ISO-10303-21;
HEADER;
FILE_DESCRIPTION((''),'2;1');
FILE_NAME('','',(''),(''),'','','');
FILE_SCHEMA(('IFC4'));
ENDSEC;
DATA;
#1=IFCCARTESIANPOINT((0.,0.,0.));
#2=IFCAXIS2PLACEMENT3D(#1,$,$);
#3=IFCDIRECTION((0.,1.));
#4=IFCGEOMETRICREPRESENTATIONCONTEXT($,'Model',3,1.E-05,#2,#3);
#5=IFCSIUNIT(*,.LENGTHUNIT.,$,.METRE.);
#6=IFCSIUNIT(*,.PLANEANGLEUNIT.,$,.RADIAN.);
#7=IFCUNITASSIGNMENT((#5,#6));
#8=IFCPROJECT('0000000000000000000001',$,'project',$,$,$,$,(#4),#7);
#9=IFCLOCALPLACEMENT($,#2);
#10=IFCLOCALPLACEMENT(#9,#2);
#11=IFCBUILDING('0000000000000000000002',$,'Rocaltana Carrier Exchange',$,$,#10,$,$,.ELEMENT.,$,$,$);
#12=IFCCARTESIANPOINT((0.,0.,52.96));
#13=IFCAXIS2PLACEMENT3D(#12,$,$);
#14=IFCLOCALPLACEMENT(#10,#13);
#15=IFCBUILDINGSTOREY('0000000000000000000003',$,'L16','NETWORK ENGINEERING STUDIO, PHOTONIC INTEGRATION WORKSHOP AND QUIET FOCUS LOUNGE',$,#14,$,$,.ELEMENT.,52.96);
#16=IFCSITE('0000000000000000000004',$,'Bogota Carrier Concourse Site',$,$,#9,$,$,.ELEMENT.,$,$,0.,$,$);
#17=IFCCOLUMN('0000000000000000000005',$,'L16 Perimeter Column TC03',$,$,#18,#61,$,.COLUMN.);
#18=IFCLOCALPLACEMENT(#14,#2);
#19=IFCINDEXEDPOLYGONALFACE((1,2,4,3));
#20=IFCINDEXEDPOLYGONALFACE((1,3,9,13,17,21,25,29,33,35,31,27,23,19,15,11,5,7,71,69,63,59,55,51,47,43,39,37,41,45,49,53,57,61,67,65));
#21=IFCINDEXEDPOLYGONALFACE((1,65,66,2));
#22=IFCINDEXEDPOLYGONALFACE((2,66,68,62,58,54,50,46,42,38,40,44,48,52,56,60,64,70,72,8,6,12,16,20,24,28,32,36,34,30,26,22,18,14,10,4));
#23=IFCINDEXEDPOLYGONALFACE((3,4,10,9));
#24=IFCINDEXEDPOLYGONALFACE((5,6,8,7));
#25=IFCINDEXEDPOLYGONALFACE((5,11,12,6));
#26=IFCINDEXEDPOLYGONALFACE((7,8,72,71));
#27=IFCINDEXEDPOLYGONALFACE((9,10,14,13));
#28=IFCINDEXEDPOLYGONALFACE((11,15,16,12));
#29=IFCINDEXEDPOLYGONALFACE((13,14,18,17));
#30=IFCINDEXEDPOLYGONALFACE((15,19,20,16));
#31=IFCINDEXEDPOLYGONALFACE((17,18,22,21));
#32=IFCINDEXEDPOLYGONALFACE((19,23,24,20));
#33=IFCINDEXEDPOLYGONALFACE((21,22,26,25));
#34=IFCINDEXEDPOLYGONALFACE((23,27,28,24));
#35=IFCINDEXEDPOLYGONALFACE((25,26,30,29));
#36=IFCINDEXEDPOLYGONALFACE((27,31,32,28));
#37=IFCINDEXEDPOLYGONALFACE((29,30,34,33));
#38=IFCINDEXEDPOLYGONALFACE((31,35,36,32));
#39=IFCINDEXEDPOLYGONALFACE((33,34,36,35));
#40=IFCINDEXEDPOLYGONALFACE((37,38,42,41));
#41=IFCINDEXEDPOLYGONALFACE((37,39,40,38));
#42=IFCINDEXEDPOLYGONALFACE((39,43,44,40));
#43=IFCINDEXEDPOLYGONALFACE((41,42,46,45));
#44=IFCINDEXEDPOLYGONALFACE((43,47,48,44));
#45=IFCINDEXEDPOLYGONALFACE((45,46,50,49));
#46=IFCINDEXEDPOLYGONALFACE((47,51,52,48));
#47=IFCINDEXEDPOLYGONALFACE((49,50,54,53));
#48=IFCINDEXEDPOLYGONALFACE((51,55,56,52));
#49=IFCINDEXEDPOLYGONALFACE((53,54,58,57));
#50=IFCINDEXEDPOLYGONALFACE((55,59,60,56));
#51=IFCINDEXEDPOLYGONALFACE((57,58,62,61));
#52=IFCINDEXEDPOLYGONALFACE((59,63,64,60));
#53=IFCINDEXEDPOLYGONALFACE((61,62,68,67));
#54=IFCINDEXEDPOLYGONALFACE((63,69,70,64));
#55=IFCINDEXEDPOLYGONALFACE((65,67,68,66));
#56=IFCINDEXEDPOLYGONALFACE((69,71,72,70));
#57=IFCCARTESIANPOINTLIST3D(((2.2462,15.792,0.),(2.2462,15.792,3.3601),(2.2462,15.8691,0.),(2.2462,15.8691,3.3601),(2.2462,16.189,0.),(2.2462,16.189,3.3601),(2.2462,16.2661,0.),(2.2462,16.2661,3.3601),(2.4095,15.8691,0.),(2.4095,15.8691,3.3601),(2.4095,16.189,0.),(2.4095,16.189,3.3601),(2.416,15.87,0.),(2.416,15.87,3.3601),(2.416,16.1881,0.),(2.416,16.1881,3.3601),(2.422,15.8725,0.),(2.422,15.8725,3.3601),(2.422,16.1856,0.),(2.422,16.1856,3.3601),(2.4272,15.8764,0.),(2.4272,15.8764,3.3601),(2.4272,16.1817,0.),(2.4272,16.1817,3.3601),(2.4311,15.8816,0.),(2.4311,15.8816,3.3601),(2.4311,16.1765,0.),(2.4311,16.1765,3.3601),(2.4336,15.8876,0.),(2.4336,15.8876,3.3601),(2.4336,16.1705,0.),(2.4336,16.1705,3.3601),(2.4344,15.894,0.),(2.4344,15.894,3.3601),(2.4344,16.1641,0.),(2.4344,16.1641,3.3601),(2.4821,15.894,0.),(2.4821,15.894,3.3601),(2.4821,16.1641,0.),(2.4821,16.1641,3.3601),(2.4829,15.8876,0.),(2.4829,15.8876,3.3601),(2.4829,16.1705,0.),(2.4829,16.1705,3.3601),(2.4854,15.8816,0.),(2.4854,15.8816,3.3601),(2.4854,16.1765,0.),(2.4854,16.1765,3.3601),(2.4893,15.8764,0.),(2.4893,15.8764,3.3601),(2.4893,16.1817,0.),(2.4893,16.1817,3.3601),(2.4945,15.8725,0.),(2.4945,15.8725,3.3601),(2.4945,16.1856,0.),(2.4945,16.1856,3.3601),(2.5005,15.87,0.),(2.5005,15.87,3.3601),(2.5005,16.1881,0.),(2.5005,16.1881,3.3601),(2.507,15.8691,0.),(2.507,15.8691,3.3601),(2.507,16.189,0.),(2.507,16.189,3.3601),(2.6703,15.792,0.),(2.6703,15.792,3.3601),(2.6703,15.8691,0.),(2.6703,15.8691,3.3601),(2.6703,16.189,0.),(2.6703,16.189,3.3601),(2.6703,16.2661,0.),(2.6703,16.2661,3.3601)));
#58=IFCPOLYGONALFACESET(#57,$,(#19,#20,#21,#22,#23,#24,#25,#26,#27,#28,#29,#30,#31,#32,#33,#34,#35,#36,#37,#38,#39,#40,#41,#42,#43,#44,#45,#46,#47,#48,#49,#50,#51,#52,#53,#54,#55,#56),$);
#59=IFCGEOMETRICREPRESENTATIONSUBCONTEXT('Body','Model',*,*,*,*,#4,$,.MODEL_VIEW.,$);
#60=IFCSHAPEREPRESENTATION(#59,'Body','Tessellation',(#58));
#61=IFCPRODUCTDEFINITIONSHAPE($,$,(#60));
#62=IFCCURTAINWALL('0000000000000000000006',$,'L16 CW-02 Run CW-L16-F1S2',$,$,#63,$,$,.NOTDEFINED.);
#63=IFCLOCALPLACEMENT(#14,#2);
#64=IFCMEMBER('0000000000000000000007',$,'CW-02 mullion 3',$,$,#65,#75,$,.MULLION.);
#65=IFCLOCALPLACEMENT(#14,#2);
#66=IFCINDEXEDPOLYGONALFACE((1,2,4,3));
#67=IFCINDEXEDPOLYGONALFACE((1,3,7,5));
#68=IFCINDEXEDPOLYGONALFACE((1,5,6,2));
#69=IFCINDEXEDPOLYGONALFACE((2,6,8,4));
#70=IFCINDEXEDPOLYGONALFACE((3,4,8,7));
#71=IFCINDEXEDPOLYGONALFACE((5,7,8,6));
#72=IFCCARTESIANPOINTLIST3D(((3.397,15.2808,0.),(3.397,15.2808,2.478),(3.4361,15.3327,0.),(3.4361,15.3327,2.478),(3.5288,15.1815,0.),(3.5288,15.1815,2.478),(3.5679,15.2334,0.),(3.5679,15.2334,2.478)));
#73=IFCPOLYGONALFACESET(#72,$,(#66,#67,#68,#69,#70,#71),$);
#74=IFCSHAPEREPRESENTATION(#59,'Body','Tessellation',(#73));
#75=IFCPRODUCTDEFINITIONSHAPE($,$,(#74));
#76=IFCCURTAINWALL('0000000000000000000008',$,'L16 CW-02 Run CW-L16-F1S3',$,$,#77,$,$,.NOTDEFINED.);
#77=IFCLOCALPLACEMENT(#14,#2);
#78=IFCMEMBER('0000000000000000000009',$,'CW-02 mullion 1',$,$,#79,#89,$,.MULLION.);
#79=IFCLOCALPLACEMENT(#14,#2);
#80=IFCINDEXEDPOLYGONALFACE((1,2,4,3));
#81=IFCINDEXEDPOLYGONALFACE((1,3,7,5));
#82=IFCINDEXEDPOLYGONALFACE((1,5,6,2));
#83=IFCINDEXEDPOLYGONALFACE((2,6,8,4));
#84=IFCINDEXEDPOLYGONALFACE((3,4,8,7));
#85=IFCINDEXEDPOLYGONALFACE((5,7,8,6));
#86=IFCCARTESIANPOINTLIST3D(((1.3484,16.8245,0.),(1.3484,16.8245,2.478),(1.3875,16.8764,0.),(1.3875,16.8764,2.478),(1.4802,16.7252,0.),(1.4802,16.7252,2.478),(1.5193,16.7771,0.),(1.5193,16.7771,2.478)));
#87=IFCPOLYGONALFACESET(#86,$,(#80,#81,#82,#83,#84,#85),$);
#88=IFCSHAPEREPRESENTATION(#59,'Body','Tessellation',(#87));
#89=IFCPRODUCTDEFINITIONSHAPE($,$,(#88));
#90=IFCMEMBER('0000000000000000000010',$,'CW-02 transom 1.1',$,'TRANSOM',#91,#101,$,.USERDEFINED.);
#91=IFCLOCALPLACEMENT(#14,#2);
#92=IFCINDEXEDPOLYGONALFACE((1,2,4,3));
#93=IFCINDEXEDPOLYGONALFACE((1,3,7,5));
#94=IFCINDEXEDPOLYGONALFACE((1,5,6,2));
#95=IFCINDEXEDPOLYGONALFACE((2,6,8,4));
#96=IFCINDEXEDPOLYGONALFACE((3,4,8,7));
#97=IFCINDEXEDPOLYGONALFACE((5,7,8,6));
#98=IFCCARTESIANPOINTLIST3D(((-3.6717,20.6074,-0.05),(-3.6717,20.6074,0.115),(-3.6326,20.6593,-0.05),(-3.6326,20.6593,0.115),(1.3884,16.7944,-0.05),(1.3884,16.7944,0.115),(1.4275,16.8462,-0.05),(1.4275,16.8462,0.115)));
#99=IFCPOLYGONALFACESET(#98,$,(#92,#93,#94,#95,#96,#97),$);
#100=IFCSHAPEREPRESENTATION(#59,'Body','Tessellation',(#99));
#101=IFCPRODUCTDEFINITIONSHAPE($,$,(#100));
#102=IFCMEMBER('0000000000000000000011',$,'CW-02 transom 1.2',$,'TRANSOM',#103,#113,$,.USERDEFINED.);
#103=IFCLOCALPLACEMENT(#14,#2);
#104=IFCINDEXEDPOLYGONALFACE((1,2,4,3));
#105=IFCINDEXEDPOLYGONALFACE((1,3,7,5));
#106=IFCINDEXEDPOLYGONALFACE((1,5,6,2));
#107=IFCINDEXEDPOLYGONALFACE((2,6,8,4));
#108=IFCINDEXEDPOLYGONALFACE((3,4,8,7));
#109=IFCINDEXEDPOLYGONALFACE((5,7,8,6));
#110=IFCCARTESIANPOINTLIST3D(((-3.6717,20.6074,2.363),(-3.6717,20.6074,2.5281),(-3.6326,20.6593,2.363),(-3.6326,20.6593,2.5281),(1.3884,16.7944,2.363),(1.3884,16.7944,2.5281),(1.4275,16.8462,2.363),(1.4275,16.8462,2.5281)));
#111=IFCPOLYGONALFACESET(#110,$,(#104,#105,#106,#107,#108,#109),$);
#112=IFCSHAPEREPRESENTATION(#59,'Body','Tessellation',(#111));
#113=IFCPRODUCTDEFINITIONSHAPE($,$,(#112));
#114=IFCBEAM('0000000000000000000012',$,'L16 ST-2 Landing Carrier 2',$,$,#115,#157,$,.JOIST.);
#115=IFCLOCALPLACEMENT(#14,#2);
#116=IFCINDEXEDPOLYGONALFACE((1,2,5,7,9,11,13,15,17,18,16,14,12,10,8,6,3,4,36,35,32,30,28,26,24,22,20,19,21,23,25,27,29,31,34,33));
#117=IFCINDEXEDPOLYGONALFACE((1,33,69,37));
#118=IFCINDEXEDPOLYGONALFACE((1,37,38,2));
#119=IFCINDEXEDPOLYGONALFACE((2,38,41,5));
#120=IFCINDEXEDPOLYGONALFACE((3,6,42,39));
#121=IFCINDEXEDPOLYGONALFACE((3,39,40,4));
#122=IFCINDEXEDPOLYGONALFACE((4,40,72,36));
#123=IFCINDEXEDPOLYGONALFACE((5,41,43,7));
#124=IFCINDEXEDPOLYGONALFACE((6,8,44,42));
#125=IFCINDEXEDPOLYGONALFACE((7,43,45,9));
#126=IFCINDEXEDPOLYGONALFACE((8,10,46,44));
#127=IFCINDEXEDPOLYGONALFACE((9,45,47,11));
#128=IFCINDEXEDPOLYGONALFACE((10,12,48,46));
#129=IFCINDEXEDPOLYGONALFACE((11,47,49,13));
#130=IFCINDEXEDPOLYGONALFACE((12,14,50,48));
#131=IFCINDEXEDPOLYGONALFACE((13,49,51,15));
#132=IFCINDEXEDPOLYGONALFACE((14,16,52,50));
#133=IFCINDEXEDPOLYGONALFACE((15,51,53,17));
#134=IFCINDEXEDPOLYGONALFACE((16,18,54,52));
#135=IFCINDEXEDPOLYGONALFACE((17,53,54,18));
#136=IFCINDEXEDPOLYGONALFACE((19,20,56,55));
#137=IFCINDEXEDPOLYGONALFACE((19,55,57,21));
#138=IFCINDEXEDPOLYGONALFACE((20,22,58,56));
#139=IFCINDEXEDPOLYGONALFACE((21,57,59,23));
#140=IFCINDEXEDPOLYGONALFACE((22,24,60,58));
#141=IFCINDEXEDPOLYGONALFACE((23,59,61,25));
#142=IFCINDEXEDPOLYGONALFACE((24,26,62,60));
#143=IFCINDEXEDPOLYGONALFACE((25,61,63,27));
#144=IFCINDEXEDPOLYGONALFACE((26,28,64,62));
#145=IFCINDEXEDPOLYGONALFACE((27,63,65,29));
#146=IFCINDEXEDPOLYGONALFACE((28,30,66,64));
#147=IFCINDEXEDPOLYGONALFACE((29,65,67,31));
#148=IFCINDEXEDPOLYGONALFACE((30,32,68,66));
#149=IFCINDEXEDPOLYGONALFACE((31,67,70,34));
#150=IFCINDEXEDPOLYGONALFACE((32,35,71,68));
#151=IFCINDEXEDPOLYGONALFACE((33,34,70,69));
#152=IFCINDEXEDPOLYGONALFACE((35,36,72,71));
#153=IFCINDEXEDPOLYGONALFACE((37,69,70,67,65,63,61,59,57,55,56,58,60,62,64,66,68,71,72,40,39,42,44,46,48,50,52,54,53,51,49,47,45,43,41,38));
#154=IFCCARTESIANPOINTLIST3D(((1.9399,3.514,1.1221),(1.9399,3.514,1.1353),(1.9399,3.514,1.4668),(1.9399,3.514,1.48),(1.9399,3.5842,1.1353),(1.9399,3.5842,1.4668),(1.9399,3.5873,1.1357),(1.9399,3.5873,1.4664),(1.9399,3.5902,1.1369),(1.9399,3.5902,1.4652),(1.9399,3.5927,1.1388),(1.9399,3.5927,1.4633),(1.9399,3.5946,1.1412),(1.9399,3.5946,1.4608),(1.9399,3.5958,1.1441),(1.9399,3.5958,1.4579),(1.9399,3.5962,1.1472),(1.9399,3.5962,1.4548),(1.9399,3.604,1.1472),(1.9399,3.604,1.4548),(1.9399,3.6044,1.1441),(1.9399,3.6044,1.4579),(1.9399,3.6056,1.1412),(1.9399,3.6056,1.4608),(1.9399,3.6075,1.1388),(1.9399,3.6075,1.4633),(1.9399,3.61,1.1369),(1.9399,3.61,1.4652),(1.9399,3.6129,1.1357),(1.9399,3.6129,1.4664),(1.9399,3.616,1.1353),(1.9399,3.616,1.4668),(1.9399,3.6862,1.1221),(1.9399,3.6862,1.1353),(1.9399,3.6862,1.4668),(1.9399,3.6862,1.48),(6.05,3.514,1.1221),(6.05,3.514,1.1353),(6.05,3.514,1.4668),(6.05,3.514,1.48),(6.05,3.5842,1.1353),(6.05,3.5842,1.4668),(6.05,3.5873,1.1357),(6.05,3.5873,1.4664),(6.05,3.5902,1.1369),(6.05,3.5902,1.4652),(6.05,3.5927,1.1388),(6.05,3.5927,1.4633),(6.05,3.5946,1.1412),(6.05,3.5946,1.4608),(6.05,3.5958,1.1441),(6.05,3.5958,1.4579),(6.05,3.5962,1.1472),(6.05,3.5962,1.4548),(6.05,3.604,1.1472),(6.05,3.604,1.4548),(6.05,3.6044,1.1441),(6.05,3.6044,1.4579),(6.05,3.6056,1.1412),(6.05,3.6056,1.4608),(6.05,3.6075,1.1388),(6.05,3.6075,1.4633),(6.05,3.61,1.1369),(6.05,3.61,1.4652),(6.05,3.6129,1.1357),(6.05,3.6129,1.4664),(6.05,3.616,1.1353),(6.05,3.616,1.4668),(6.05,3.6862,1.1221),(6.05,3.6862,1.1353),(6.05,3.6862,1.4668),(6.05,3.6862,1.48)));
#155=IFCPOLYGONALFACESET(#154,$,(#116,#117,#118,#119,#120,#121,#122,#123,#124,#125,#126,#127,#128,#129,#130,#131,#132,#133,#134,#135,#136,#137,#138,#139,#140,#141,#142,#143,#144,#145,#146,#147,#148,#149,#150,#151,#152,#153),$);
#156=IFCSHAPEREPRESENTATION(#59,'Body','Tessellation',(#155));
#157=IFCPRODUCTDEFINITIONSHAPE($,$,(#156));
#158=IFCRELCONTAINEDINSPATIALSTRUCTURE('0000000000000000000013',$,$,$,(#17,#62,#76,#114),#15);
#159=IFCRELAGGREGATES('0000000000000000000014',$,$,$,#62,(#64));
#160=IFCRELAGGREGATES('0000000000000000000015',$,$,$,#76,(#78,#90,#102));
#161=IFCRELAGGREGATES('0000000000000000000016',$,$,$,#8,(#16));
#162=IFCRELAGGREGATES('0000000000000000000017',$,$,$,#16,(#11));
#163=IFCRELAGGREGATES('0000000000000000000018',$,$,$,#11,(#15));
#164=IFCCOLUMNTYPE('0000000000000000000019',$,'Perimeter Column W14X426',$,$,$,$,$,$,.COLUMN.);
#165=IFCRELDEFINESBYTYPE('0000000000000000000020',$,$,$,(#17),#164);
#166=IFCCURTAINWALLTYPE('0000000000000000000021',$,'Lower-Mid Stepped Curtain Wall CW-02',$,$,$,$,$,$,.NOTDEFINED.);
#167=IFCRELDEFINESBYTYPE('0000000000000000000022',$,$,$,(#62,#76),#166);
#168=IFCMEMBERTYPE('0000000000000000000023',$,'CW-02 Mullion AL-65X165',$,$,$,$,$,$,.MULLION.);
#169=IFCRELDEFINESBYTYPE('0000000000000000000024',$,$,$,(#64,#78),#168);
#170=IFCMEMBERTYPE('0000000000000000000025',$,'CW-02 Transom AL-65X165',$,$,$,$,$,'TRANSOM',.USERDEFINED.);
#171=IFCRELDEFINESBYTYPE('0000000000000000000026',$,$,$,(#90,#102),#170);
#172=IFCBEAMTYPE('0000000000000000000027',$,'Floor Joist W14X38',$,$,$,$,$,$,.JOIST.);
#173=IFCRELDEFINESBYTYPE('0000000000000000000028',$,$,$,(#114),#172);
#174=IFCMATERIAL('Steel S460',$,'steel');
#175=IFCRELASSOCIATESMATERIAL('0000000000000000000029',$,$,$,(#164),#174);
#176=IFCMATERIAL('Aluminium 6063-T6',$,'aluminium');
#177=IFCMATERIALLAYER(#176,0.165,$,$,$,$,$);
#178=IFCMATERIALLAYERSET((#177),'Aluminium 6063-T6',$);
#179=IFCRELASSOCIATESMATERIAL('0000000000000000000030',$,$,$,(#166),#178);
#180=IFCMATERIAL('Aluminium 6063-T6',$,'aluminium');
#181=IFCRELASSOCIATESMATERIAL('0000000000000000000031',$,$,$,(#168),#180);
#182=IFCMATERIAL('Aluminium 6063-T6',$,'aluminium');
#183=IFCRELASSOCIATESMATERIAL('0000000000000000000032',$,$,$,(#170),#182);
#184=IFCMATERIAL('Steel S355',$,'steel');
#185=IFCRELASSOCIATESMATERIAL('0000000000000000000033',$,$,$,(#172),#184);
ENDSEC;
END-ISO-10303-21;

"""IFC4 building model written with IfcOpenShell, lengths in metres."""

from ifc_helpers import new_model, si_unit, direction, frame, origin, origin_2d, place, context, subcontext, project, spatial, rectangle, i_section, extrude, material, layer, layer_set, material_profile, profile_set, type_object, element, aggregate, save


model = new_model("IFC4")

# Units and contexts
model_context = context("Model", 3, precision=1e-05, world=origin(), true_north=direction((0.0, 1.0)))
body_context = subcontext(model_context, "Body", "Model", "MODEL_VIEW")
ifc_project = project(units=[si_unit("LENGTHUNIT", "METRE"), si_unit("PLANEANGLEUNIT", "RADIAN")], contexts=[model_context])

# Site, building, storey
site_placement = place(None, origin())
site = spatial("IfcSite", under=ifc_project, at=site_placement, Name="Bogota Carrier Concourse Site", CompositionType="ELEMENT", RefElevation=0.0)
building_placement = place(site_placement, origin())
building = spatial("IfcBuilding", under=site, at=building_placement, Name="Rocaltana Carrier Exchange", CompositionType="ELEMENT")
storey_placement = place(building_placement, frame((0.0, 0.0, 52.96)))
storey = spatial("IfcBuildingStorey", under=building, at=storey_placement, Name="L16", Description="NETWORK ENGINEERING STUDIO, PHOTONIC INTEGRATION WORKSHOP AND QUIET FOCUS LOUNGE", CompositionType="ELEMENT", Elevation=52.96)

# Column
ifc_material_1 = material(Name="Steel S460", Category="steel")
ifc_material_profile_1 = material_profile(ifc_material_1, i_section(OverallWidth=0.4241, OverallDepth=0.4741, WebThickness=0.0476, FlangeThickness=0.0771, FilletRadius=0.0249, at=origin_2d()), Name="W14X426")
ifc_profile_set_1 = profile_set([ifc_material_profile_1], Name="Steel S460")
column_type = type_object("IfcColumnType", Name="Perimeter Column W14X426", PredefinedType="COLUMN", material=ifc_profile_set_1)
column_placement = place(storey_placement, frame((2.4583, 16.0291, 0.0), z_axis=(0.0, 0.0, 1.0), x_axis=(1.0, 0.0, 0.0)))
element("IfcColumn", 1, at=column_placement, inside=storey, type_object=column_type, Name="L16 Perimeter Column TC03", PredefinedType="COLUMN", context=body_context, shape_type="SweptSolid", body=[
    extrude(i_section(OverallWidth=0.4241, OverallDepth=0.4741, WebThickness=0.0476, FlangeThickness=0.0771, FilletRadius=0.0249, at=origin_2d()), origin(), (0.0, 0.0, 1.0), 3.3601),
])

# Curtain wall, member
ifc_material_2 = material(Name="Aluminium 6063-T6", Category="aluminium")
ifc_layer_1 = layer(ifc_material_2, 0.165)
ifc_layer_set_1 = layer_set([ifc_layer_1], Name="Aluminium 6063-T6")
curtain_wall_type = type_object("IfcCurtainWallType", Name="Lower-Mid Stepped Curtain Wall CW-02", PredefinedType="NOTDEFINED", material=ifc_layer_set_1)
curtain_wall_1_placement = place(storey_placement, origin())
curtain_wall_1 = element("IfcCurtainWall", 2, at=curtain_wall_1_placement, inside=storey, type_object=curtain_wall_type, Name="L16 CW-02 Run CW-L16-F1S2", PredefinedType="NOTDEFINED")
ifc_material_3 = material(Name="Aluminium 6063-T6", Category="aluminium")
ifc_material_profile_2 = material_profile(ifc_material_3, rectangle(XDim=0.0649, YDim=0.165, at=origin_2d()), Name="AL-65X165")
ifc_profile_set_2 = profile_set([ifc_material_profile_2], Name="Aluminium 6063-T6")
member_type_1 = type_object("IfcMemberType", Name="CW-02 Mullion AL-65X165", PredefinedType="MULLION", material=ifc_profile_set_2)
member_1_placement = place(storey_placement, frame((3.4824, 15.2571, 0.0), z_axis=(0.0, 0.0, 1.0), x_axis=(-0.601815, -0.798635, 0.0)))
member_1 = element("IfcMember", 3, at=member_1_placement, type_object=member_type_1, Name="CW-02 mullion 3", PredefinedType="MULLION", context=body_context, shape_type="SweptSolid", body=[
    extrude(rectangle(XDim=0.0649, YDim=0.165, at=origin_2d()), origin(), (0.0, 0.0, 1.0), 2.478),
])
aggregate(curtain_wall_1, [member_1])

# Curtain wall, members
curtain_wall_2_placement = place(storey_placement, origin())
curtain_wall_2 = element("IfcCurtainWall", 4, at=curtain_wall_2_placement, inside=storey, type_object=curtain_wall_type, Name="L16 CW-02 Run CW-L16-F1S3", PredefinedType="NOTDEFINED")
member_2_placement = place(storey_placement, frame((1.4338, 16.8008, 0.0), z_axis=(0.0, 0.0, 1.0), x_axis=(-0.601812, -0.798638, 0.0)))
member_2 = element("IfcMember", 5, at=member_2_placement, type_object=member_type_1, Name="CW-02 mullion 1", PredefinedType="MULLION", context=body_context, shape_type="SweptSolid", body=[
    extrude(rectangle(XDim=0.0649, YDim=0.165, at=origin_2d()), origin(), (0.0, 0.0, 1.0), 2.478),
])
ifc_material_4 = material(Name="Aluminium 6063-T6", Category="aluminium")
ifc_material_profile_3 = material_profile(ifc_material_4, rectangle(XDim=0.0649, YDim=0.165, at=origin_2d()), Name="AL-65X165")
ifc_profile_set_3 = profile_set([ifc_material_profile_3], Name="Aluminium 6063-T6")
member_type_2 = type_object("IfcMemberType", Name="CW-02 Transom AL-65X165", ElementType="TRANSOM", PredefinedType="USERDEFINED", material=ifc_profile_set_3)
member_3_placement = place(storey_placement, frame((1.408, 16.8203, 0.0325), z_axis=(-0.798638, 0.601811, 0.0), x_axis=(-0.601811, -0.798638, 0.0)))
member_3 = element("IfcMember", 6, at=member_3_placement, type_object=member_type_2, Name="CW-02 transom 1.1", ObjectType="TRANSOM", PredefinedType="USERDEFINED", context=body_context, shape_type="SweptSolid", body=[
    extrude(rectangle(XDim=0.0649, YDim=0.165, at=origin_2d()), origin(), (0.0, 0.0, 1.0), 6.3359),
])
member_4_placement = place(storey_placement, frame((1.408, 16.8203, 2.4456), z_axis=(-0.798638, 0.601811, 0.0), x_axis=(-0.601811, -0.798638, 0.0)))
member_4 = element("IfcMember", 7, at=member_4_placement, type_object=member_type_2, Name="CW-02 transom 1.2", ObjectType="TRANSOM", PredefinedType="USERDEFINED", context=body_context, shape_type="SweptSolid", body=[
    extrude(rectangle(XDim=0.0649, YDim=0.165, at=origin_2d()), origin(), (0.0, 0.0, 1.0), 6.3359),
])

# Beam
ifc_material_5 = material(Name="Steel S355", Category="steel")
ifc_material_profile_4 = material_profile(ifc_material_5, i_section(OverallWidth=0.1721, OverallDepth=0.3579, WebThickness=0.0078, FlangeThickness=0.0132, FilletRadius=0.012, at=origin_2d()), Name="W14X38")
ifc_profile_set_4 = profile_set([ifc_material_profile_4], Name="Steel S355")
beam_type_1 = type_object("IfcBeamType", Name="Floor Joist W14X38", PredefinedType="JOIST", material=ifc_profile_set_4)
beam_1_placement = place(storey_placement, frame((1.9399, 3.6001, 1.301), z_axis=(1.0, 0.0, 0.0), x_axis=(0.0, 1.0, 0.0)))
element("IfcBeam", 8, at=beam_1_placement, inside=storey, type_object=beam_type_1, Name="L16 ST-2 Landing Carrier 2", PredefinedType="JOIST", context=body_context, shape_type="SweptSolid", body=[
    extrude(i_section(OverallWidth=0.1721, OverallDepth=0.3579, WebThickness=0.0078, FlangeThickness=0.0132, FilletRadius=0.012, at=origin_2d()), origin(), (0.0, 0.0, 1.0), 4.1101),
])

aggregate(curtain_wall_2, [member_2, member_3, member_4])

save(model, "model.ifc")
